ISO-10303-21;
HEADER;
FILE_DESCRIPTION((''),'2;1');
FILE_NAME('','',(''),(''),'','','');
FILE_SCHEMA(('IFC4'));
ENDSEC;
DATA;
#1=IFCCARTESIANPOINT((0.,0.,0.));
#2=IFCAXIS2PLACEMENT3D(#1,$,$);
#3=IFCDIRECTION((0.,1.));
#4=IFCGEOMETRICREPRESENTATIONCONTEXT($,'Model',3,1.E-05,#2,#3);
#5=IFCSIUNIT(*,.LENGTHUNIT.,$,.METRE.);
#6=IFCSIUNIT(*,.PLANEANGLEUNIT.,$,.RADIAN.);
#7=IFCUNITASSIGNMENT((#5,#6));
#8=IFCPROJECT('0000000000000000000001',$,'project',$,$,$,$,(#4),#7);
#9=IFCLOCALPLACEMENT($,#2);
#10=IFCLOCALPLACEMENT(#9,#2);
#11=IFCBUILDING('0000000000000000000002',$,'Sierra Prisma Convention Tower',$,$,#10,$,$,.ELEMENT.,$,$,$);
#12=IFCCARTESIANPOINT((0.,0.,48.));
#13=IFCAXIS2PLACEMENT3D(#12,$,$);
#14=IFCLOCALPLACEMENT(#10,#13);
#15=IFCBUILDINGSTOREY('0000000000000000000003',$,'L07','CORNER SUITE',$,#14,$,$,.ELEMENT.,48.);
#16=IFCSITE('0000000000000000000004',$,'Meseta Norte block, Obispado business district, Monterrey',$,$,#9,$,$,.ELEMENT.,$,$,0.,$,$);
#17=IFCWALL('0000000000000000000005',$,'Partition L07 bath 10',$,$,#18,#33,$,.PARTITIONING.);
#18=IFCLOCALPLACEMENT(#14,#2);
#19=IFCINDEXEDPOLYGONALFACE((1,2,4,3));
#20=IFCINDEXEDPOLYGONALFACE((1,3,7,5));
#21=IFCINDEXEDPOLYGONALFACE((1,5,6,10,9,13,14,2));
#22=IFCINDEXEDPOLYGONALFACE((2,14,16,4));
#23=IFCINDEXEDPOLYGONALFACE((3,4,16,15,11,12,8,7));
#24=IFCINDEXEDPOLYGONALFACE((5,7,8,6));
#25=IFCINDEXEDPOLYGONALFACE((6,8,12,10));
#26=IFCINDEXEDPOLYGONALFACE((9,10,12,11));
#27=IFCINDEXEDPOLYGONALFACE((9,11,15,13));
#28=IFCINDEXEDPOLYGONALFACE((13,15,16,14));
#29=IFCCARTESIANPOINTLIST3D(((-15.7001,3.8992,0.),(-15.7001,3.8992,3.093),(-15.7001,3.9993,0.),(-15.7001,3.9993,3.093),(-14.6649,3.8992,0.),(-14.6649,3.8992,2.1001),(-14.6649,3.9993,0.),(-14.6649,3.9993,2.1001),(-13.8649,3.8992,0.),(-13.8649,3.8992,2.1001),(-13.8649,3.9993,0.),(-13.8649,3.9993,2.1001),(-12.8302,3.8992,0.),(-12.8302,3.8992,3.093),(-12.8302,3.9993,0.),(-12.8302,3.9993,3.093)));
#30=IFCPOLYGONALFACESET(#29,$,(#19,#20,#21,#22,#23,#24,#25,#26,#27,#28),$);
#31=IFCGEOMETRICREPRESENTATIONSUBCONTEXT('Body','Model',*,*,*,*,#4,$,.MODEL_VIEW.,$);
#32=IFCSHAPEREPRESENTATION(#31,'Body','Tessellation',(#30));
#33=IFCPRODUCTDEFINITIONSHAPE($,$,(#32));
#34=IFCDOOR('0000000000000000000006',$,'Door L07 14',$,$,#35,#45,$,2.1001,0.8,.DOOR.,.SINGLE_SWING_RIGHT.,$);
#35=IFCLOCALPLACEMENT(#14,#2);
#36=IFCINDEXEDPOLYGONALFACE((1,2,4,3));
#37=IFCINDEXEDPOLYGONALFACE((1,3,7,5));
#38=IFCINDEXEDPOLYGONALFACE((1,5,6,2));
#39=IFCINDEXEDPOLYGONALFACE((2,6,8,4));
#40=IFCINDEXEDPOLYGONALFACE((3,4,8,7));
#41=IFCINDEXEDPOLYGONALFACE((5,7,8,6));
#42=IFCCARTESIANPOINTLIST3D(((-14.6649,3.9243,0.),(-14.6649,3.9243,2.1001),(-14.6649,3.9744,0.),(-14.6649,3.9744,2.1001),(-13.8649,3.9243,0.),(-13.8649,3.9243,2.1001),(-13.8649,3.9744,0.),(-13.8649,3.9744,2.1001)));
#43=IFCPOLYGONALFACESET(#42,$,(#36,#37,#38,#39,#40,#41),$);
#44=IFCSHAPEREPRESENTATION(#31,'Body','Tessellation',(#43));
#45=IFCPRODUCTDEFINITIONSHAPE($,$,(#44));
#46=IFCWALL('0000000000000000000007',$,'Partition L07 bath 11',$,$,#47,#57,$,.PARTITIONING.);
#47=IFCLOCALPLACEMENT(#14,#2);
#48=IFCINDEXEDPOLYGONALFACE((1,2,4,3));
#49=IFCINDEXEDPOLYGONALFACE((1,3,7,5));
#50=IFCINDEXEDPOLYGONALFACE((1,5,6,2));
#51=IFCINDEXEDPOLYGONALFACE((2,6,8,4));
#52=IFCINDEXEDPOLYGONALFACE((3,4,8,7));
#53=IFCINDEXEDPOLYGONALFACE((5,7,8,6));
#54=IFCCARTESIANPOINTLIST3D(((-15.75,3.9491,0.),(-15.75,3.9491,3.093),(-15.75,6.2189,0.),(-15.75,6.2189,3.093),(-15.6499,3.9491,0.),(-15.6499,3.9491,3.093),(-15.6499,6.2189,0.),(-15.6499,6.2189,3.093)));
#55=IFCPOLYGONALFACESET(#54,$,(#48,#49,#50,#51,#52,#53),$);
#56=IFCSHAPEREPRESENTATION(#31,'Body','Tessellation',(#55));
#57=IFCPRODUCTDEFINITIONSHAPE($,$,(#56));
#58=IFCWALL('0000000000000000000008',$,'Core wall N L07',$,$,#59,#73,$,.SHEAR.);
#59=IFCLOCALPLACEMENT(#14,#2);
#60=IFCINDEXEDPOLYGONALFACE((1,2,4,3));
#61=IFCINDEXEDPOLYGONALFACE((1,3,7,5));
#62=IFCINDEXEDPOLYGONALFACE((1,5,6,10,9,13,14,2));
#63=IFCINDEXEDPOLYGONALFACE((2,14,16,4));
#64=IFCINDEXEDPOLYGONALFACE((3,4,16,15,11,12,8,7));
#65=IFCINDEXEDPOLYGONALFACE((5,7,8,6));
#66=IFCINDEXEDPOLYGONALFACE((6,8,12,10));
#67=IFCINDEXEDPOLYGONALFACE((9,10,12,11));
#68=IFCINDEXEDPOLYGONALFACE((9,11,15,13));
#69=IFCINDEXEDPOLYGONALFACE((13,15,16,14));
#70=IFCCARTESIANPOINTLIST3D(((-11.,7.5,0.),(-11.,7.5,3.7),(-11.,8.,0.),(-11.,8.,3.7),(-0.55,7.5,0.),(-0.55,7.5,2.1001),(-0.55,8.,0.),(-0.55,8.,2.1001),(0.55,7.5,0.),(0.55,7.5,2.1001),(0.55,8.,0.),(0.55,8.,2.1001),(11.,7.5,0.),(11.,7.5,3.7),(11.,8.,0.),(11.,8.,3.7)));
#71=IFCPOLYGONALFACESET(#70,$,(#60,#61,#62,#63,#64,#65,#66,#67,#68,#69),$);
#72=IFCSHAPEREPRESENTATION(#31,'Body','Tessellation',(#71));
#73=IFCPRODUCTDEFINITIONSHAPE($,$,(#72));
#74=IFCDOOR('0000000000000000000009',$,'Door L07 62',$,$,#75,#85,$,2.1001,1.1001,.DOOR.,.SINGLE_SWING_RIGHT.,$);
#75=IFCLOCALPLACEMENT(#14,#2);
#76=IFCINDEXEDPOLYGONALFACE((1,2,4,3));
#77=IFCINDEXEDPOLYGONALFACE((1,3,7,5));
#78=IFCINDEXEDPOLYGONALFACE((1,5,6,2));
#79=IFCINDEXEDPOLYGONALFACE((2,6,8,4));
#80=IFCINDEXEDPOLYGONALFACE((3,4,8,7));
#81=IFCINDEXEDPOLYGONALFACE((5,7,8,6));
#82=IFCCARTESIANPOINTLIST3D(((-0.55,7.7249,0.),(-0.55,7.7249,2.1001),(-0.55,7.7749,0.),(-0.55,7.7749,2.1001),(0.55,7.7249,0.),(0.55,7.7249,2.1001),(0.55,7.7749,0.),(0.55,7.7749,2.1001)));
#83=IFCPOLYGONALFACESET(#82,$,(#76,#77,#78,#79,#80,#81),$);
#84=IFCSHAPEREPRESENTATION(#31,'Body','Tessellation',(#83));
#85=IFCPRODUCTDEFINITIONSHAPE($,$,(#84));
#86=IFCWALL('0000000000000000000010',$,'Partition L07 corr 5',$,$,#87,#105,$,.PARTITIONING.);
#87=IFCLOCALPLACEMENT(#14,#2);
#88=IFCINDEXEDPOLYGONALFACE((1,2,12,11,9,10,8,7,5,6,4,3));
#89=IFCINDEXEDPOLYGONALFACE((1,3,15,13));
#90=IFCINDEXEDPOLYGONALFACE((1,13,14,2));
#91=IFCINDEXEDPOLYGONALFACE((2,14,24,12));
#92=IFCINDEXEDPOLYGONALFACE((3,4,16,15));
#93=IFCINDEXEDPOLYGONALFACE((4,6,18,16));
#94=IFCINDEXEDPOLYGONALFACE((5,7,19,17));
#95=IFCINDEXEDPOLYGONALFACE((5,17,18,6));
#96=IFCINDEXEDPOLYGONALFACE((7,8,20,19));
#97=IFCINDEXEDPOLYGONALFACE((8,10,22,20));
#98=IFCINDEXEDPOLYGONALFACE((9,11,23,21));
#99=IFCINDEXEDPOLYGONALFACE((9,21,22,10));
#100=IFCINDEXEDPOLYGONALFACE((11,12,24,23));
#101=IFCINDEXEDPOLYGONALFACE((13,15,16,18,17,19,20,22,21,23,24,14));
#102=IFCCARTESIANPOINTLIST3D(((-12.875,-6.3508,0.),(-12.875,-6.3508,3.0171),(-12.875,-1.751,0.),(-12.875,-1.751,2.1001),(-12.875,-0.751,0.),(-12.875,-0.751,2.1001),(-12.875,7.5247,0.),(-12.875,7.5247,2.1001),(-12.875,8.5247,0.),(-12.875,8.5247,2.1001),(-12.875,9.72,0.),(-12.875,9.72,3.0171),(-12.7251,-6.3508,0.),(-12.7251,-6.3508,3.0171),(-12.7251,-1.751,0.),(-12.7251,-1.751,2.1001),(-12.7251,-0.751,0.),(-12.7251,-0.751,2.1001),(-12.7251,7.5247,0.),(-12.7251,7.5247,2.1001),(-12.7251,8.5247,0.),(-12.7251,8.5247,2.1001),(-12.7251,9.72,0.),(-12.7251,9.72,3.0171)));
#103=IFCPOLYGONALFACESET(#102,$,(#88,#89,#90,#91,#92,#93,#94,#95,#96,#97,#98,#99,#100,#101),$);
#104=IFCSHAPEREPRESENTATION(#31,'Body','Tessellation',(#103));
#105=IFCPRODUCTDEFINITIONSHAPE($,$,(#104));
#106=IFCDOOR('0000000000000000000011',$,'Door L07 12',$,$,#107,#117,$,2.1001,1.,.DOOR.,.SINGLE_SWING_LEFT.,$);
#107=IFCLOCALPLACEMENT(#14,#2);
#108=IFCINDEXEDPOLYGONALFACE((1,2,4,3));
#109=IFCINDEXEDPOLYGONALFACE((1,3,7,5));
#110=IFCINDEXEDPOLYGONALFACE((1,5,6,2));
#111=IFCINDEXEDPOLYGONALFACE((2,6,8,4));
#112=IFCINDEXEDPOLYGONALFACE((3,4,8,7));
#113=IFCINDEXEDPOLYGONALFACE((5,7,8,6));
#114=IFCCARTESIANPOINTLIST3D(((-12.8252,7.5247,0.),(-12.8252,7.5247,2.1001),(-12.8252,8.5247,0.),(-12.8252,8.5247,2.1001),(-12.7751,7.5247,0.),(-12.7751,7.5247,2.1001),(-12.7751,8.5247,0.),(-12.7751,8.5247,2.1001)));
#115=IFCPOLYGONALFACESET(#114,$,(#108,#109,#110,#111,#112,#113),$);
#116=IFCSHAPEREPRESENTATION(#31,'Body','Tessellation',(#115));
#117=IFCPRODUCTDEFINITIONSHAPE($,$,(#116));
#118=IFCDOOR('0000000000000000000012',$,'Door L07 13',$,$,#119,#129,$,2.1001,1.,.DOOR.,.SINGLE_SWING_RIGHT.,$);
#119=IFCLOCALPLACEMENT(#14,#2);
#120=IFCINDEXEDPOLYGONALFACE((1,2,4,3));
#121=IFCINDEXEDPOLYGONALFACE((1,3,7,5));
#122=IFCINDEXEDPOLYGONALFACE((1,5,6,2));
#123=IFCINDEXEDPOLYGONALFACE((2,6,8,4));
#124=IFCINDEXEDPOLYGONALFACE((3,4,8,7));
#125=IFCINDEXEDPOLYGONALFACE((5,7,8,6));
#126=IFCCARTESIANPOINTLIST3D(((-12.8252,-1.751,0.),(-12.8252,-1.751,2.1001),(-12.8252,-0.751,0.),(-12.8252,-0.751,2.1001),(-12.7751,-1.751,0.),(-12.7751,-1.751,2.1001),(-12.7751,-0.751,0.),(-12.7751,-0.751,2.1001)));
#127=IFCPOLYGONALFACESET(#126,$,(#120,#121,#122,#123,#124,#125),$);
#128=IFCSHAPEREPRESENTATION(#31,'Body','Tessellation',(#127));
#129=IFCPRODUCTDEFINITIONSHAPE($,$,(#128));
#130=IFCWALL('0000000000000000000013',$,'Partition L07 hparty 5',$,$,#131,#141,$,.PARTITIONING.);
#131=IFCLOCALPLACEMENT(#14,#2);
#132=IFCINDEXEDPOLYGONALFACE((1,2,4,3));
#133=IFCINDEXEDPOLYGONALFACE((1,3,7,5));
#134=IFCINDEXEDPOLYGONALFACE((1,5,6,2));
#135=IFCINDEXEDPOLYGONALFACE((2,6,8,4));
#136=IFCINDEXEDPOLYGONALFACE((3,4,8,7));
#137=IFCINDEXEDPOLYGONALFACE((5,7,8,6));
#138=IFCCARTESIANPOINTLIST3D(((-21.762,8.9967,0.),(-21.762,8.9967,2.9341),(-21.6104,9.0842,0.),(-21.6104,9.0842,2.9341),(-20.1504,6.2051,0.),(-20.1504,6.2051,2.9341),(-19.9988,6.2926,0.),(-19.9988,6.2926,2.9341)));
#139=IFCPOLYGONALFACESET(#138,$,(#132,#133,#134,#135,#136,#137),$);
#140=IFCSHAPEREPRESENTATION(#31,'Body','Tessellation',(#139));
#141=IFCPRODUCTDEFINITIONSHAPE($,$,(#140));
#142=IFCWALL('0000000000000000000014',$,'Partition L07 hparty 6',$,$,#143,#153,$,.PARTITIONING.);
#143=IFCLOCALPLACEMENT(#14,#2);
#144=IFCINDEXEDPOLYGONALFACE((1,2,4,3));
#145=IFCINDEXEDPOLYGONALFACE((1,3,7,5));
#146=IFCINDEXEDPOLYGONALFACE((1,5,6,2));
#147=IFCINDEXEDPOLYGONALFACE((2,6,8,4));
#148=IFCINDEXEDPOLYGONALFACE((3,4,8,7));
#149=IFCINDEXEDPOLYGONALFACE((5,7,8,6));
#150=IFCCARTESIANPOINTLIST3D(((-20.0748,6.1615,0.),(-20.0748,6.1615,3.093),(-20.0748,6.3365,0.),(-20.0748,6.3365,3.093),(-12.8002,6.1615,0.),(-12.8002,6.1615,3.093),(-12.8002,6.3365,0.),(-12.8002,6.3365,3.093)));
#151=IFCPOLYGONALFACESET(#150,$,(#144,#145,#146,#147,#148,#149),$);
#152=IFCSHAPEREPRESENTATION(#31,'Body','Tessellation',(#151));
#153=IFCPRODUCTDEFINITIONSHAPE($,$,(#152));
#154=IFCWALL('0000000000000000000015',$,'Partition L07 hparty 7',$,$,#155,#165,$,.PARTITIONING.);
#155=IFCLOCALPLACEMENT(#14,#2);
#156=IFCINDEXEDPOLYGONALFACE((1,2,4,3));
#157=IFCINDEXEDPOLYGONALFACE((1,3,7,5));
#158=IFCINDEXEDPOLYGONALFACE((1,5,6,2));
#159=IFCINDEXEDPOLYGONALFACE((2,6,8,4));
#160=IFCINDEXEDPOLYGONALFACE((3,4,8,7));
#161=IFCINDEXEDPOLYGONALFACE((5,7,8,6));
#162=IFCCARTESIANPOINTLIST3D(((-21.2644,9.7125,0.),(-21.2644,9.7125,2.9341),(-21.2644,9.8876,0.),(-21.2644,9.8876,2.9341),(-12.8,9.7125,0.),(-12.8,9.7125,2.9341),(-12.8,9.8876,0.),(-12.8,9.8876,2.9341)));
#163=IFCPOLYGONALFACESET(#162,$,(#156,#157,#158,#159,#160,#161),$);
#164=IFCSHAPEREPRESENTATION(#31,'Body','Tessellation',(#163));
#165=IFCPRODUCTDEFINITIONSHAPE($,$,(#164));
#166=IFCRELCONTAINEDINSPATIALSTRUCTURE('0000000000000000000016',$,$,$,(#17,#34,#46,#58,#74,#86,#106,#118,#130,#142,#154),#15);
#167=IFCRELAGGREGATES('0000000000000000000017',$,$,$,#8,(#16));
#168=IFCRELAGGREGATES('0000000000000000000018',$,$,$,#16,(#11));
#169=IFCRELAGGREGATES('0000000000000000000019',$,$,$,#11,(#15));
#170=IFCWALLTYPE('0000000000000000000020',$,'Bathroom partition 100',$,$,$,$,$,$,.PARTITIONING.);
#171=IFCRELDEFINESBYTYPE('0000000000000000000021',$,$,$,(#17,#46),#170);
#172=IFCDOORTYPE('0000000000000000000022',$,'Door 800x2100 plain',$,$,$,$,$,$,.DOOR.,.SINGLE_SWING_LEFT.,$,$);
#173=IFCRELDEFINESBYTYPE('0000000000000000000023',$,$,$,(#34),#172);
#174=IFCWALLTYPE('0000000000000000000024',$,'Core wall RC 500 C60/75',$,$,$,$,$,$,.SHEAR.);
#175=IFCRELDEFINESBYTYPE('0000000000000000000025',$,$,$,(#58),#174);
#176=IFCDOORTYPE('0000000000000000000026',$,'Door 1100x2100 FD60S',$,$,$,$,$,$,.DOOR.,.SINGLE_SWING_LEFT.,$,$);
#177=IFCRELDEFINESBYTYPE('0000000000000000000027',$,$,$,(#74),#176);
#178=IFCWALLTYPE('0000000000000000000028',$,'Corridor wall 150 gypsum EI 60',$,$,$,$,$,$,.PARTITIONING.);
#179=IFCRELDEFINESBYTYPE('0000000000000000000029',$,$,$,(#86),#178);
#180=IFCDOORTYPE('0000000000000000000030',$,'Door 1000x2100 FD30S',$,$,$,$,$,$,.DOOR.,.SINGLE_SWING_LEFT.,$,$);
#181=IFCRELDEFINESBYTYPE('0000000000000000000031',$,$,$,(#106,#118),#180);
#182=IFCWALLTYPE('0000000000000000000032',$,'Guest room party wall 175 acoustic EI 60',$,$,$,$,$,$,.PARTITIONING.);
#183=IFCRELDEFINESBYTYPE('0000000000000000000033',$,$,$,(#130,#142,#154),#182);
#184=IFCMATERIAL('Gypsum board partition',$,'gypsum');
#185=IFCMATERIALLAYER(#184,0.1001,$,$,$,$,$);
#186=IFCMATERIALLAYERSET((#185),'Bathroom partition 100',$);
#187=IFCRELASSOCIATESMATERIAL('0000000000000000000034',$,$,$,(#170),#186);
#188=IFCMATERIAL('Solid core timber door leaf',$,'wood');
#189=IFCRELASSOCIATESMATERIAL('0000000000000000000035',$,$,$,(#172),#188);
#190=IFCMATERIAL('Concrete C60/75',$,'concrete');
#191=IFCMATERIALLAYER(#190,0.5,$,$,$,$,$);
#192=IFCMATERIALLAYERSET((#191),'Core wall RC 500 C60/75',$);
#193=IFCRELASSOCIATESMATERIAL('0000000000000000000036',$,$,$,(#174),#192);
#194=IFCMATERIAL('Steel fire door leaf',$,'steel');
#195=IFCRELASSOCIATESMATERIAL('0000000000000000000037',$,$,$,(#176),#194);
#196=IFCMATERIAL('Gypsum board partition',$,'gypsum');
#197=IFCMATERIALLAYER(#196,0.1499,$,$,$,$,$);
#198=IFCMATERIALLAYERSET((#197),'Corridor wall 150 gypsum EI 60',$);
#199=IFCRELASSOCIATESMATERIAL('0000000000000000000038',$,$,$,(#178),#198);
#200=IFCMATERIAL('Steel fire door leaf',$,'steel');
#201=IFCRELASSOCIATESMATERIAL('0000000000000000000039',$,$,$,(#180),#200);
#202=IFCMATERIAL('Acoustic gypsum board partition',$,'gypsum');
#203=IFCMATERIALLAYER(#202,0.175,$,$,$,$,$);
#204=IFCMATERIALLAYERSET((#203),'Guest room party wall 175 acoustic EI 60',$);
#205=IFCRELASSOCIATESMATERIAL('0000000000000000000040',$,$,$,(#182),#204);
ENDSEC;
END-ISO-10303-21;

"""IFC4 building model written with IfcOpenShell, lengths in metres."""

from ifc_helpers import new_model, si_unit, direction, frame, frame_2d, origin, place, context, subcontext, project, spatial, rectangle, extrude, material, layer, layer_set, type_object, element, fill, save


model = new_model("IFC4")

# Units and contexts
model_context = context("Model", 3, precision=1e-05, world=origin(), true_north=direction((0.0, 1.0)))
body_context = subcontext(model_context, "Body", "Model", "MODEL_VIEW")
ifc_project = project(units=[si_unit("LENGTHUNIT", "METRE"), si_unit("PLANEANGLEUNIT", "RADIAN")], contexts=[model_context])

# Site, building, storey
site_placement = place(None, origin())
site = spatial("IfcSite", under=ifc_project, at=site_placement, Name="Meseta Norte block, Obispado business district, Monterrey", CompositionType="ELEMENT", RefElevation=0.0)
building_placement = place(site_placement, origin())
building = spatial("IfcBuilding", under=site, at=building_placement, Name="Sierra Prisma Convention Tower", CompositionType="ELEMENT")
storey_placement = place(building_placement, frame((0.0, 0.0, 48.0)))
storey = spatial("IfcBuildingStorey", under=building, at=storey_placement, Name="L07", Description="CORNER SUITE", CompositionType="ELEMENT", Elevation=48.0)

# Wall, opening, door
ifc_material_1 = material(Name="Gypsum board partition", Category="gypsum")
ifc_layer_1 = layer(ifc_material_1, 0.1001)
ifc_layer_set_1 = layer_set([ifc_layer_1], Name="Bathroom partition 100")
wall_type_1 = type_object("IfcWallType", Name="Bathroom partition 100", PredefinedType="PARTITIONING", material=ifc_layer_set_1)
wall_1_placement = place(storey_placement, frame((-12.8301, 3.9492, 0.0), z_axis=(0.0, 0.0, 1.0), x_axis=(-1.0, 0.0, 0.0)))
wall_1 = element("IfcWall", 1, at=wall_1_placement, inside=storey, type_object=wall_type_1, Name="Partition L07 bath 10", PredefinedType="PARTITIONING", context=body_context, shape_type="SweptSolid", body=[
    extrude(rectangle(XDim=2.8699, YDim=0.1001, at=frame_2d((1.4351, 0.0))), origin(), (0.0, 0.0, 1.0), 3.093),
])
opening_1_placement = place(wall_1_placement, frame((1.0349, 0.0, 0.0)))
opening_1 = element("IfcOpeningElement", 2, at=opening_1_placement, cuts=wall_1, PredefinedType="OPENING", context=body_context, shape_type="SweptSolid", body=[
    extrude(rectangle(XDim=0.8, YDim=2.1001, at=frame_2d((0.3999, 1.05))), frame((0.0, 0.05, 0.0), z_axis=(0.0, -1.0, 0.0), x_axis=(1.0, 0.0, 0.0)), (0.0, 0.0, 1.0), 0.1001),
])
ifc_material_2 = material(Name="Solid core timber door leaf", Category="wood")
door_type_1 = type_object("IfcDoorType", Name="Door 800x2100 plain", OperationType="SINGLE_SWING_LEFT", PredefinedType="DOOR", material=ifc_material_2)
door_1_placement = place(opening_1_placement, origin())
door_1 = element("IfcDoor", 3, at=door_1_placement, inside=storey, type_object=door_type_1, Name="Door L07 14", OperationType="SINGLE_SWING_RIGHT", OverallHeight=2.1001, OverallWidth=0.8, PredefinedType="DOOR", context=body_context, shape_type="SweptSolid", body=[
    extrude(rectangle(XDim=0.8, YDim=2.1001, at=frame_2d((0.3999, 1.05))), frame((0.0, 0.0249, 0.0), z_axis=(0.0, -1.0, 0.0), x_axis=(1.0, 0.0, 0.0)), (0.0, 0.0, 1.0), 0.05),
])
fill(opening_1, door_1)

# Wall
wall_2_placement = place(storey_placement, frame((-15.7, 3.9492, 0.0), z_axis=(0.0, 0.0, 1.0), x_axis=(0.0, 1.0, 0.0)))
element("IfcWall", 4, at=wall_2_placement, inside=storey, type_object=wall_type_1, Name="Partition L07 bath 11", PredefinedType="PARTITIONING", context=body_context, shape_type="SweptSolid", body=[
    extrude(rectangle(XDim=2.2698, YDim=0.1001, at=frame_2d((1.1348, 0.0))), origin(), (0.0, 0.0, 1.0), 3.093),
])

# Wall, opening, door
ifc_material_3 = material(Name="Concrete C60/75", Category="concrete")
ifc_layer_2 = layer(ifc_material_3, 0.5)
ifc_layer_set_2 = layer_set([ifc_layer_2], Name="Core wall RC 500 C60/75")
wall_type_2 = type_object("IfcWallType", Name="Core wall RC 500 C60/75", PredefinedType="SHEAR", material=ifc_layer_set_2)
wall_3_placement = place(storey_placement, frame((-11.0, 7.75, 0.0), z_axis=(0.0, 0.0, 1.0), x_axis=(1.0, 0.0, 0.0)))
wall_3 = element("IfcWall", 5, at=wall_3_placement, inside=storey, type_object=wall_type_2, Name="Core wall N L07", PredefinedType="SHEAR", context=body_context, shape_type="SweptSolid", body=[
    extrude(rectangle(XDim=22.0, YDim=0.5, at=frame_2d((11.0, 0.0))), origin(), (0.0, 0.0, 1.0), 3.7),
])
opening_2_placement = place(wall_3_placement, frame((10.45, 0.0, 0.0)))
opening_2 = element("IfcOpeningElement", 6, at=opening_2_placement, cuts=wall_3, PredefinedType="OPENING", context=body_context, shape_type="SweptSolid", body=[
    extrude(rectangle(XDim=1.1001, YDim=2.1001, at=frame_2d((0.55, 1.05))), frame((0.0, 0.25, 0.0), z_axis=(0.0, -1.0, 0.0), x_axis=(1.0, 0.0, 0.0)), (0.0, 0.0, 1.0), 0.5),
])
ifc_material_4 = material(Name="Steel fire door leaf", Category="steel")
door_type_2 = type_object("IfcDoorType", Name="Door 1100x2100 FD60S", OperationType="SINGLE_SWING_LEFT", PredefinedType="DOOR", material=ifc_material_4)
door_2_placement = place(opening_2_placement, origin())
door_2 = element("IfcDoor", 7, at=door_2_placement, inside=storey, type_object=door_type_2, Name="Door L07 62", OperationType="SINGLE_SWING_RIGHT", OverallHeight=2.1001, OverallWidth=1.1001, PredefinedType="DOOR", context=body_context, shape_type="SweptSolid", body=[
    extrude(rectangle(XDim=1.1001, YDim=2.1001, at=frame_2d((0.55, 1.05))), frame((0.0, 0.0249, 0.0), z_axis=(0.0, -1.0, 0.0), x_axis=(1.0, 0.0, 0.0)), (0.0, 0.0, 1.0), 0.05),
])
fill(opening_2, door_2)

# Wall, openings, doors
ifc_material_5 = material(Name="Gypsum board partition", Category="gypsum")
ifc_layer_3 = layer(ifc_material_5, 0.1499)
ifc_layer_set_3 = layer_set([ifc_layer_3], Name="Corridor wall 150 gypsum EI 60")
wall_type_3 = type_object("IfcWallType", Name="Corridor wall 150 gypsum EI 60", PredefinedType="PARTITIONING", material=ifc_layer_set_3)
wall_4_placement = place(storey_placement, frame((-12.8, 9.72, 0.0), z_axis=(0.0, 0.0, 1.0), x_axis=(0.0, -1.0, 0.0)))
wall_4 = element("IfcWall", 8, at=wall_4_placement, inside=storey, type_object=wall_type_3, Name="Partition L07 corr 5", PredefinedType="PARTITIONING", context=body_context, shape_type="SweptSolid", body=[
    extrude(rectangle(XDim=16.0708, YDim=0.1499, at=frame_2d((8.0354, 0.0))), origin(), (0.0, 0.0, 1.0), 3.0171),
])
opening_3_placement = place(wall_4_placement, frame((1.1953, 0.0, 0.0)))
opening_3 = element("IfcOpeningElement", 9, at=opening_3_placement, cuts=wall_4, PredefinedType="OPENING", context=body_context, shape_type="SweptSolid", body=[
    extrude(rectangle(XDim=1.0, YDim=2.1001, at=frame_2d((0.5, 1.05))), frame((0.0, 0.075, 0.0), z_axis=(0.0, -1.0, 0.0), x_axis=(1.0, 0.0, 0.0)), (0.0, 0.0, 1.0), 0.1499),
])
opening_4_placement = place(wall_4_placement, frame((10.4709, 0.0, 0.0)))
opening_4 = element("IfcOpeningElement", 10, at=opening_4_placement, cuts=wall_4, PredefinedType="OPENING", context=body_context, shape_type="SweptSolid", body=[
    extrude(rectangle(XDim=1.0, YDim=2.1001, at=frame_2d((0.5, 1.05))), frame((0.0, 0.075, 0.0), z_axis=(0.0, -1.0, 0.0), x_axis=(1.0, 0.0, 0.0)), (0.0, 0.0, 1.0), 0.1499),
])
ifc_material_6 = material(Name="Steel fire door leaf", Category="steel")
door_type_3 = type_object("IfcDoorType", Name="Door 1000x2100 FD30S", OperationType="SINGLE_SWING_LEFT", PredefinedType="DOOR", material=ifc_material_6)
door_3_placement = place(opening_3_placement, origin())
door_3 = element("IfcDoor", 11, at=door_3_placement, inside=storey, type_object=door_type_3, Name="Door L07 12", OperationType="SINGLE_SWING_LEFT", OverallHeight=2.1001, OverallWidth=1.0, PredefinedType="DOOR", context=body_context, shape_type="SweptSolid", body=[
    extrude(rectangle(XDim=1.0, YDim=2.1001, at=frame_2d((0.5, 1.05))), frame((0.0, 0.0249, 0.0), z_axis=(0.0, -1.0, 0.0), x_axis=(1.0, 0.0, 0.0)), (0.0, 0.0, 1.0), 0.05),
])
fill(opening_3, door_3)
door_4_placement = place(opening_4_placement, origin())
door_4 = element("IfcDoor", 12, at=door_4_placement, inside=storey, type_object=door_type_3, Name="Door L07 13", OperationType="SINGLE_SWING_RIGHT", OverallHeight=2.1001, OverallWidth=1.0, PredefinedType="DOOR", context=body_context, shape_type="SweptSolid", body=[
    extrude(rectangle(XDim=1.0, YDim=2.1001, at=frame_2d((0.5, 1.05))), frame((0.0, 0.0249, 0.0), z_axis=(0.0, -1.0, 0.0), x_axis=(1.0, 0.0, 0.0)), (0.0, 0.0, 1.0), 0.05),
])
fill(opening_4, door_4)

# Walls
ifc_material_7 = material(Name="Acoustic gypsum board partition", Category="gypsum")
ifc_layer_4 = layer(ifc_material_7, 0.175)
ifc_layer_set_4 = layer_set([ifc_layer_4], Name="Guest room party wall 175 acoustic EI 60")
wall_type_4 = type_object("IfcWallType", Name="Guest room party wall 175 acoustic EI 60", PredefinedType="PARTITIONING", material=ifc_layer_set_4)
wall_5_placement = place(storey_placement, frame((-21.6863, 9.0405, 0.0), z_axis=(0.0, 0.0, 1.0), x_axis=(0.499976, -0.866039, 0.0)))
element("IfcWall", 13, at=wall_5_placement, inside=storey, type_object=wall_type_4, Name="Partition L07 hparty 5", PredefinedType="PARTITIONING", context=body_context, shape_type="SweptSolid", body=[
    extrude(rectangle(XDim=3.2234, YDim=0.175, at=frame_2d((1.6118, 0.0))), origin(), (0.0, 0.0, 1.0), 2.9341),
])
wall_6_placement = place(storey_placement, frame((-20.0747, 6.249, 0.0), z_axis=(0.0, 0.0, 1.0), x_axis=(1.0, 0.0, 0.0)))
element("IfcWall", 14, at=wall_6_placement, inside=storey, type_object=wall_type_4, Name="Partition L07 hparty 6", PredefinedType="PARTITIONING", context=body_context, shape_type="SweptSolid", body=[
    extrude(rectangle(XDim=7.2747, YDim=0.175, at=frame_2d((3.6372, 0.0))), origin(), (0.0, 0.0, 1.0), 3.093),
])
wall_7_placement = place(storey_placement, frame((-12.8, 9.8, 0.0), z_axis=(0.0, 0.0, 1.0), x_axis=(-1.0, 0.0, 0.0)))
element("IfcWall", 15, at=wall_7_placement, inside=storey, type_object=wall_type_4, Name="Partition L07 hparty 7", PredefinedType="PARTITIONING", context=body_context, shape_type="SweptSolid", body=[
    extrude(rectangle(XDim=8.4644, YDim=0.175, at=frame_2d((4.2322, 0.0))), origin(), (0.0, 0.0, 1.0), 2.9341),
])

save(model, "model.ifc")
